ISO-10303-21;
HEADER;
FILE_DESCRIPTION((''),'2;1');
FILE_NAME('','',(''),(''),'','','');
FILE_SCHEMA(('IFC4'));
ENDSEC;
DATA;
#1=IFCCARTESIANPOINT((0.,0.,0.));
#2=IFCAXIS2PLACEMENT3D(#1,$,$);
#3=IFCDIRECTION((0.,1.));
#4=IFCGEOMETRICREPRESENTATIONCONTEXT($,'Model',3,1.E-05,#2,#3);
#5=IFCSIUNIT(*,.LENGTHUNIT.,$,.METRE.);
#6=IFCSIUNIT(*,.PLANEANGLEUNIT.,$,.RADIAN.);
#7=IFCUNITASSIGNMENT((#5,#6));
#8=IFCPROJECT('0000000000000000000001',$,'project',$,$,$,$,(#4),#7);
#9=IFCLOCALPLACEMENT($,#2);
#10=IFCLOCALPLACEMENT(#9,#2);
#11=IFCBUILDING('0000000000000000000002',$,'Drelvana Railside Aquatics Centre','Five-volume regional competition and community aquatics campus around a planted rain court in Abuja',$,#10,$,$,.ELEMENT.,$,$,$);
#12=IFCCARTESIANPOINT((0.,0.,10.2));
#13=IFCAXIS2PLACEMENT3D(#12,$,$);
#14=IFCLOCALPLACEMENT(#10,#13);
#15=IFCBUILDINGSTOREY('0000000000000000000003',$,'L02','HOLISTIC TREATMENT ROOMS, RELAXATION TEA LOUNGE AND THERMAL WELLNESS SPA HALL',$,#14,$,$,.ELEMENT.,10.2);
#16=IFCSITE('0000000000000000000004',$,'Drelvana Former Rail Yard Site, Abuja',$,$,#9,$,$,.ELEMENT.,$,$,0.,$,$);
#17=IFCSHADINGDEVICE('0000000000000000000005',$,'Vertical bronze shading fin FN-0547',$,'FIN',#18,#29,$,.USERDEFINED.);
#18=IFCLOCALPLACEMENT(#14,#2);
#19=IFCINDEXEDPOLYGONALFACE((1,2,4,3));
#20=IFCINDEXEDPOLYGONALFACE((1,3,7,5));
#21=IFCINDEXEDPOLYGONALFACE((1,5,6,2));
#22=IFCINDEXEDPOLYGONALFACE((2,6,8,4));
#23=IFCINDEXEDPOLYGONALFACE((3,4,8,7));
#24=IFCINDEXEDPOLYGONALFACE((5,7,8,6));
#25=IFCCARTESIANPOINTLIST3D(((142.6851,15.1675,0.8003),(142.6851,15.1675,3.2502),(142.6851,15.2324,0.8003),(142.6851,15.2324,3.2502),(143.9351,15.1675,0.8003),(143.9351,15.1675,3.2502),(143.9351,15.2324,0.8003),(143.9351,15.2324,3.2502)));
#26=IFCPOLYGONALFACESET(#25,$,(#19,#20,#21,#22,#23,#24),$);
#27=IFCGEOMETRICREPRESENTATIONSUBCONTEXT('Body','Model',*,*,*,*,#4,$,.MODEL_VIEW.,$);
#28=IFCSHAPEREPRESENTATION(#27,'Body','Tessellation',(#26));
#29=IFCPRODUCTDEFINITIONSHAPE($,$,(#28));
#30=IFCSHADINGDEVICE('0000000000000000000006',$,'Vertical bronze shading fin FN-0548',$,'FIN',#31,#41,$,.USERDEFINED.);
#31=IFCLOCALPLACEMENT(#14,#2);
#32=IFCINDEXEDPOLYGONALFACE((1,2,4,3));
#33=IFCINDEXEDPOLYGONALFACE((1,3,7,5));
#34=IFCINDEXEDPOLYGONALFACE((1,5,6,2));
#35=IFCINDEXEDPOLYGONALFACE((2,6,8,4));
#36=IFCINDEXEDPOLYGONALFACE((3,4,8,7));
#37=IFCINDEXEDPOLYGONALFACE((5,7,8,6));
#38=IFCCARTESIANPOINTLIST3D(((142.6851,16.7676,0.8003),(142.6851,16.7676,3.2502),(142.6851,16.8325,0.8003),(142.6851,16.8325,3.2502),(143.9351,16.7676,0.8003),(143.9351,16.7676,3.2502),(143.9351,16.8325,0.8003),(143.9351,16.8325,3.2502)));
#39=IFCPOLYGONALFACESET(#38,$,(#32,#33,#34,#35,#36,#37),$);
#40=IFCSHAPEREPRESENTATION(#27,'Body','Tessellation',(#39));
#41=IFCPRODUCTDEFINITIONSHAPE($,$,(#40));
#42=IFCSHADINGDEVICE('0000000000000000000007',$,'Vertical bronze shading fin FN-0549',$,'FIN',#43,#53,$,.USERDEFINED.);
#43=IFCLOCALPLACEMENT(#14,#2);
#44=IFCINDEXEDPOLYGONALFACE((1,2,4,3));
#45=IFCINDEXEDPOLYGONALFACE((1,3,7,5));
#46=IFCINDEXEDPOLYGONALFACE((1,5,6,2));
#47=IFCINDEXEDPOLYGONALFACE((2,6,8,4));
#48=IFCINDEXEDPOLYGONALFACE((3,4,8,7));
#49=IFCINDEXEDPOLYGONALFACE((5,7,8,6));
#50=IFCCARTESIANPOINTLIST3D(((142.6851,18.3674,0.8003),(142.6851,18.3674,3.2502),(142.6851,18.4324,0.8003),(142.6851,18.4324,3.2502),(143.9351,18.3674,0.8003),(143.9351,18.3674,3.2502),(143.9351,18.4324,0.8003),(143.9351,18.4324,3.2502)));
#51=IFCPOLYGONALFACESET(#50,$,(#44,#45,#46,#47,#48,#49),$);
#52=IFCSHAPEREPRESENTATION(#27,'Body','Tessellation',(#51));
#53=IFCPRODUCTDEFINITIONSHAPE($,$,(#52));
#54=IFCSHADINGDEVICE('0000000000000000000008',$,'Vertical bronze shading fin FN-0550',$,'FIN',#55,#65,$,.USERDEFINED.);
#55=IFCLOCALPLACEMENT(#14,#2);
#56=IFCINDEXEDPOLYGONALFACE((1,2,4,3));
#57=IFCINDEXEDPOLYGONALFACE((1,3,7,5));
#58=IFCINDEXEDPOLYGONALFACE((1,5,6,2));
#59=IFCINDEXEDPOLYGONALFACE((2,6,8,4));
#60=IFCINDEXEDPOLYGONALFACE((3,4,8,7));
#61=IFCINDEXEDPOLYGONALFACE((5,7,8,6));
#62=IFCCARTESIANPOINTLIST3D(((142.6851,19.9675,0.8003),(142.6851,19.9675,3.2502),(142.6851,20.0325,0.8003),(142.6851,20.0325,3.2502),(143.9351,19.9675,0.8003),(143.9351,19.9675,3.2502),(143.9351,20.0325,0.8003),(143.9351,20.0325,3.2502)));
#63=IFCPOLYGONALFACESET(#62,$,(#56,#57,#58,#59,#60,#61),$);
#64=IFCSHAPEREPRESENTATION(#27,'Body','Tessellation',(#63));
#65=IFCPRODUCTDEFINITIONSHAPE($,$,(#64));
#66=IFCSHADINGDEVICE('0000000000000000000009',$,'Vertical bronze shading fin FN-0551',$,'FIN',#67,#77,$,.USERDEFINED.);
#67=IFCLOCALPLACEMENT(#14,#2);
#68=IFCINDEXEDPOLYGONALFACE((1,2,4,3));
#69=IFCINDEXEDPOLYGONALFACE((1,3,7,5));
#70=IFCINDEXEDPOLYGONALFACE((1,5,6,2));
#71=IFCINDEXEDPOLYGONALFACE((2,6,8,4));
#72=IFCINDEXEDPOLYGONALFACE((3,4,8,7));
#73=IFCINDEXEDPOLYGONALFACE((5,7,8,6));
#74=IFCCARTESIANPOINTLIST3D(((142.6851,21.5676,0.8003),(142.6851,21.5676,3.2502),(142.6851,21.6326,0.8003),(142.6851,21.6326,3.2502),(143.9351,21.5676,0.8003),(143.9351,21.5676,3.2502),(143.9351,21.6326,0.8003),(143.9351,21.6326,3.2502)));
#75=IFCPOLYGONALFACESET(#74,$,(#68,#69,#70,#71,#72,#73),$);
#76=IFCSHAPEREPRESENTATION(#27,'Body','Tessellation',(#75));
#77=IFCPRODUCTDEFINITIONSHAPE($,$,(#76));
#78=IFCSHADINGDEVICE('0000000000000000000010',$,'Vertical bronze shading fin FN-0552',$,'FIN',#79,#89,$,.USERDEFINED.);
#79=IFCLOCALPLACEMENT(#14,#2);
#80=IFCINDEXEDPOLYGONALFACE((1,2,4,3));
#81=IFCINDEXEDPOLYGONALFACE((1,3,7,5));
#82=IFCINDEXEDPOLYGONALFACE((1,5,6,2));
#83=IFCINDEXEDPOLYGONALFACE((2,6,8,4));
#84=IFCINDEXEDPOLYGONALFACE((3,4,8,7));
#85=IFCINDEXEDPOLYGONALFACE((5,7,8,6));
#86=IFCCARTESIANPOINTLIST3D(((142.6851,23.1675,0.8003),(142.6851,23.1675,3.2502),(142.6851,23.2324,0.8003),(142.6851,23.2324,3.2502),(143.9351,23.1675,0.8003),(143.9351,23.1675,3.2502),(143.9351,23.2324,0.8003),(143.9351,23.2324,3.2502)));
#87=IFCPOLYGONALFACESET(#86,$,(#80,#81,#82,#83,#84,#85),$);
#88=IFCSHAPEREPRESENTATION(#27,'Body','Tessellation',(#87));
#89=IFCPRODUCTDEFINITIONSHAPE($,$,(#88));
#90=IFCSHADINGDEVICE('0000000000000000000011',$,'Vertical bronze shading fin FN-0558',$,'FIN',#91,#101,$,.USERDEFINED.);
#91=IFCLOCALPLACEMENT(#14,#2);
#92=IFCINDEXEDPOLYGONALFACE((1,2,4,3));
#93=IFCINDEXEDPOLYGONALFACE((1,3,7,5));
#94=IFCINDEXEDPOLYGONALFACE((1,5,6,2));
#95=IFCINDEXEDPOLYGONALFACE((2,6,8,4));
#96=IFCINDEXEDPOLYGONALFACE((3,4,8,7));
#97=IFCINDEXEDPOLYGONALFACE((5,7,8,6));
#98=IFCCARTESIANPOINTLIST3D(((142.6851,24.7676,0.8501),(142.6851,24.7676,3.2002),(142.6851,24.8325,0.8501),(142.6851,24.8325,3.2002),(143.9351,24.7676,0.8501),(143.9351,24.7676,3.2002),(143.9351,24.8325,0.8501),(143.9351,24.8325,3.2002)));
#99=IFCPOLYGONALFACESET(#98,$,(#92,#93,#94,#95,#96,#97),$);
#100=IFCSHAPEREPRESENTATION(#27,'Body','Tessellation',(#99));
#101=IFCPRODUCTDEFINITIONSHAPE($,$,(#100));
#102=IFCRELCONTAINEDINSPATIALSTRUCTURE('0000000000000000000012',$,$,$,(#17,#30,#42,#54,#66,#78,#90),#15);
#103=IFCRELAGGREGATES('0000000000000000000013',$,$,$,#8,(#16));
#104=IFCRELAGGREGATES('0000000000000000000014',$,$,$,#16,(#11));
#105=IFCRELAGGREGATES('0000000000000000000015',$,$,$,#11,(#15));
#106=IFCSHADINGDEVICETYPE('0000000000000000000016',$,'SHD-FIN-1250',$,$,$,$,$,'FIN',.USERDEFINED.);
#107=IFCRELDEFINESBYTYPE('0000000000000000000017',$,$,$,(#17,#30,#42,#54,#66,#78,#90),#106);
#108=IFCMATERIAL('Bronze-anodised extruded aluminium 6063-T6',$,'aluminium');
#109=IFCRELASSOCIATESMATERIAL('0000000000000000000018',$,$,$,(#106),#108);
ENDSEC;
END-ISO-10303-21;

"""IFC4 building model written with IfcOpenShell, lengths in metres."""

from ifc_helpers import new_model, si_unit, direction, frame, origin, origin_2d, place, context, subcontext, project, spatial, rectangle, extrude, material, type_object, element, save


model = new_model("IFC4")

# Units and contexts
model_context = context("Model", 3, precision=1e-05, world=origin(), true_north=direction((0.0, 1.0)))
body_context = subcontext(model_context, "Body", "Model", "MODEL_VIEW")
ifc_project = project(units=[si_unit("LENGTHUNIT", "METRE"), si_unit("PLANEANGLEUNIT", "RADIAN")], contexts=[model_context])

# Site, building, storey
site_placement = place(None, origin())
site = spatial("IfcSite", under=ifc_project, at=site_placement, Name="Drelvana Former Rail Yard Site, Abuja", CompositionType="ELEMENT", RefElevation=0.0)
building_placement = place(site_placement, origin())
building = spatial("IfcBuilding", under=site, at=building_placement, Name="Drelvana Railside Aquatics Centre", Description="Five-volume regional competition and community aquatics campus around a planted rain court in Abuja", CompositionType="ELEMENT")
storey_placement = place(building_placement, frame((0.0, 0.0, 10.2)))
storey = spatial("IfcBuildingStorey", under=building, at=storey_placement, Name="L02", Description="HOLISTIC TREATMENT ROOMS, RELAXATION TEA LOUNGE AND THERMAL WELLNESS SPA HALL", CompositionType="ELEMENT", Elevation=10.2)

# Shared definitions
ifc_material_1 = material(Name="Bronze-anodised extruded aluminium 6063-T6", Category="aluminium")

# Shading devices
shading_device_type = type_object("IfcShadingDeviceType", Name="SHD-FIN-1250", ElementType="FIN", PredefinedType="USERDEFINED", material=ifc_material_1)
for number, where, z_axis, x_axis, name in (
    (1, (143.3101, 15.2, 0.8003), (0.0, 0.0, 1.0), (-1.0, 0.0, 0.0), "Vertical bronze shading fin FN-0547"),
    (2, (143.3101, 16.8, 0.8003), (0.0, 0.0, 1.0), (-1.0, 0.0, 0.0), "Vertical bronze shading fin FN-0548"),
    (3, (143.3101, 18.3999, 0.8003), (0.0, 0.0, 1.0), (-1.0, 0.0, 0.0), "Vertical bronze shading fin FN-0549"),
    (4, (143.3101, 20.0, 0.8003), (0.0, 0.0, 1.0), (-1.0, 0.0, 0.0), "Vertical bronze shading fin FN-0550"),
    (5, (143.3101, 21.6001, 0.8003), (0.0, 0.0, 1.0), (-1.0, 0.0, 0.0), "Vertical bronze shading fin FN-0551"),
    (6, (143.3101, 23.2, 0.8003), (0.0, 0.0, 1.0), (-1.0, 0.0, 0.0), "Vertical bronze shading fin FN-0552"),
):
    element("IfcShadingDevice", number, at=place(storey_placement, frame(where, z_axis=z_axis, x_axis=x_axis)), inside=storey, type_object=shading_device_type, Name=name, ObjectType="FIN", PredefinedType="USERDEFINED", context=body_context, shape_type="SweptSolid", body=[
        extrude(rectangle(XDim=1.25, YDim=0.0649, at=origin_2d()), origin(), (0.0, 0.0, 1.0), 2.45),
    ])
shading_device_placement = place(storey_placement, frame((143.3101, 24.8, 0.8501), z_axis=(0.0, 0.0, 1.0), x_axis=(-1.0, 0.0, 0.0)))
element("IfcShadingDevice", 7, at=shading_device_placement, inside=storey, type_object=shading_device_type, Name="Vertical bronze shading fin FN-0558", ObjectType="FIN", PredefinedType="USERDEFINED", context=body_context, shape_type="SweptSolid", body=[
    extrude(rectangle(XDim=1.25, YDim=0.0649, at=origin_2d()), origin(), (0.0, 0.0, 1.0), 2.3501),
])

save(model, "model.ifc")
